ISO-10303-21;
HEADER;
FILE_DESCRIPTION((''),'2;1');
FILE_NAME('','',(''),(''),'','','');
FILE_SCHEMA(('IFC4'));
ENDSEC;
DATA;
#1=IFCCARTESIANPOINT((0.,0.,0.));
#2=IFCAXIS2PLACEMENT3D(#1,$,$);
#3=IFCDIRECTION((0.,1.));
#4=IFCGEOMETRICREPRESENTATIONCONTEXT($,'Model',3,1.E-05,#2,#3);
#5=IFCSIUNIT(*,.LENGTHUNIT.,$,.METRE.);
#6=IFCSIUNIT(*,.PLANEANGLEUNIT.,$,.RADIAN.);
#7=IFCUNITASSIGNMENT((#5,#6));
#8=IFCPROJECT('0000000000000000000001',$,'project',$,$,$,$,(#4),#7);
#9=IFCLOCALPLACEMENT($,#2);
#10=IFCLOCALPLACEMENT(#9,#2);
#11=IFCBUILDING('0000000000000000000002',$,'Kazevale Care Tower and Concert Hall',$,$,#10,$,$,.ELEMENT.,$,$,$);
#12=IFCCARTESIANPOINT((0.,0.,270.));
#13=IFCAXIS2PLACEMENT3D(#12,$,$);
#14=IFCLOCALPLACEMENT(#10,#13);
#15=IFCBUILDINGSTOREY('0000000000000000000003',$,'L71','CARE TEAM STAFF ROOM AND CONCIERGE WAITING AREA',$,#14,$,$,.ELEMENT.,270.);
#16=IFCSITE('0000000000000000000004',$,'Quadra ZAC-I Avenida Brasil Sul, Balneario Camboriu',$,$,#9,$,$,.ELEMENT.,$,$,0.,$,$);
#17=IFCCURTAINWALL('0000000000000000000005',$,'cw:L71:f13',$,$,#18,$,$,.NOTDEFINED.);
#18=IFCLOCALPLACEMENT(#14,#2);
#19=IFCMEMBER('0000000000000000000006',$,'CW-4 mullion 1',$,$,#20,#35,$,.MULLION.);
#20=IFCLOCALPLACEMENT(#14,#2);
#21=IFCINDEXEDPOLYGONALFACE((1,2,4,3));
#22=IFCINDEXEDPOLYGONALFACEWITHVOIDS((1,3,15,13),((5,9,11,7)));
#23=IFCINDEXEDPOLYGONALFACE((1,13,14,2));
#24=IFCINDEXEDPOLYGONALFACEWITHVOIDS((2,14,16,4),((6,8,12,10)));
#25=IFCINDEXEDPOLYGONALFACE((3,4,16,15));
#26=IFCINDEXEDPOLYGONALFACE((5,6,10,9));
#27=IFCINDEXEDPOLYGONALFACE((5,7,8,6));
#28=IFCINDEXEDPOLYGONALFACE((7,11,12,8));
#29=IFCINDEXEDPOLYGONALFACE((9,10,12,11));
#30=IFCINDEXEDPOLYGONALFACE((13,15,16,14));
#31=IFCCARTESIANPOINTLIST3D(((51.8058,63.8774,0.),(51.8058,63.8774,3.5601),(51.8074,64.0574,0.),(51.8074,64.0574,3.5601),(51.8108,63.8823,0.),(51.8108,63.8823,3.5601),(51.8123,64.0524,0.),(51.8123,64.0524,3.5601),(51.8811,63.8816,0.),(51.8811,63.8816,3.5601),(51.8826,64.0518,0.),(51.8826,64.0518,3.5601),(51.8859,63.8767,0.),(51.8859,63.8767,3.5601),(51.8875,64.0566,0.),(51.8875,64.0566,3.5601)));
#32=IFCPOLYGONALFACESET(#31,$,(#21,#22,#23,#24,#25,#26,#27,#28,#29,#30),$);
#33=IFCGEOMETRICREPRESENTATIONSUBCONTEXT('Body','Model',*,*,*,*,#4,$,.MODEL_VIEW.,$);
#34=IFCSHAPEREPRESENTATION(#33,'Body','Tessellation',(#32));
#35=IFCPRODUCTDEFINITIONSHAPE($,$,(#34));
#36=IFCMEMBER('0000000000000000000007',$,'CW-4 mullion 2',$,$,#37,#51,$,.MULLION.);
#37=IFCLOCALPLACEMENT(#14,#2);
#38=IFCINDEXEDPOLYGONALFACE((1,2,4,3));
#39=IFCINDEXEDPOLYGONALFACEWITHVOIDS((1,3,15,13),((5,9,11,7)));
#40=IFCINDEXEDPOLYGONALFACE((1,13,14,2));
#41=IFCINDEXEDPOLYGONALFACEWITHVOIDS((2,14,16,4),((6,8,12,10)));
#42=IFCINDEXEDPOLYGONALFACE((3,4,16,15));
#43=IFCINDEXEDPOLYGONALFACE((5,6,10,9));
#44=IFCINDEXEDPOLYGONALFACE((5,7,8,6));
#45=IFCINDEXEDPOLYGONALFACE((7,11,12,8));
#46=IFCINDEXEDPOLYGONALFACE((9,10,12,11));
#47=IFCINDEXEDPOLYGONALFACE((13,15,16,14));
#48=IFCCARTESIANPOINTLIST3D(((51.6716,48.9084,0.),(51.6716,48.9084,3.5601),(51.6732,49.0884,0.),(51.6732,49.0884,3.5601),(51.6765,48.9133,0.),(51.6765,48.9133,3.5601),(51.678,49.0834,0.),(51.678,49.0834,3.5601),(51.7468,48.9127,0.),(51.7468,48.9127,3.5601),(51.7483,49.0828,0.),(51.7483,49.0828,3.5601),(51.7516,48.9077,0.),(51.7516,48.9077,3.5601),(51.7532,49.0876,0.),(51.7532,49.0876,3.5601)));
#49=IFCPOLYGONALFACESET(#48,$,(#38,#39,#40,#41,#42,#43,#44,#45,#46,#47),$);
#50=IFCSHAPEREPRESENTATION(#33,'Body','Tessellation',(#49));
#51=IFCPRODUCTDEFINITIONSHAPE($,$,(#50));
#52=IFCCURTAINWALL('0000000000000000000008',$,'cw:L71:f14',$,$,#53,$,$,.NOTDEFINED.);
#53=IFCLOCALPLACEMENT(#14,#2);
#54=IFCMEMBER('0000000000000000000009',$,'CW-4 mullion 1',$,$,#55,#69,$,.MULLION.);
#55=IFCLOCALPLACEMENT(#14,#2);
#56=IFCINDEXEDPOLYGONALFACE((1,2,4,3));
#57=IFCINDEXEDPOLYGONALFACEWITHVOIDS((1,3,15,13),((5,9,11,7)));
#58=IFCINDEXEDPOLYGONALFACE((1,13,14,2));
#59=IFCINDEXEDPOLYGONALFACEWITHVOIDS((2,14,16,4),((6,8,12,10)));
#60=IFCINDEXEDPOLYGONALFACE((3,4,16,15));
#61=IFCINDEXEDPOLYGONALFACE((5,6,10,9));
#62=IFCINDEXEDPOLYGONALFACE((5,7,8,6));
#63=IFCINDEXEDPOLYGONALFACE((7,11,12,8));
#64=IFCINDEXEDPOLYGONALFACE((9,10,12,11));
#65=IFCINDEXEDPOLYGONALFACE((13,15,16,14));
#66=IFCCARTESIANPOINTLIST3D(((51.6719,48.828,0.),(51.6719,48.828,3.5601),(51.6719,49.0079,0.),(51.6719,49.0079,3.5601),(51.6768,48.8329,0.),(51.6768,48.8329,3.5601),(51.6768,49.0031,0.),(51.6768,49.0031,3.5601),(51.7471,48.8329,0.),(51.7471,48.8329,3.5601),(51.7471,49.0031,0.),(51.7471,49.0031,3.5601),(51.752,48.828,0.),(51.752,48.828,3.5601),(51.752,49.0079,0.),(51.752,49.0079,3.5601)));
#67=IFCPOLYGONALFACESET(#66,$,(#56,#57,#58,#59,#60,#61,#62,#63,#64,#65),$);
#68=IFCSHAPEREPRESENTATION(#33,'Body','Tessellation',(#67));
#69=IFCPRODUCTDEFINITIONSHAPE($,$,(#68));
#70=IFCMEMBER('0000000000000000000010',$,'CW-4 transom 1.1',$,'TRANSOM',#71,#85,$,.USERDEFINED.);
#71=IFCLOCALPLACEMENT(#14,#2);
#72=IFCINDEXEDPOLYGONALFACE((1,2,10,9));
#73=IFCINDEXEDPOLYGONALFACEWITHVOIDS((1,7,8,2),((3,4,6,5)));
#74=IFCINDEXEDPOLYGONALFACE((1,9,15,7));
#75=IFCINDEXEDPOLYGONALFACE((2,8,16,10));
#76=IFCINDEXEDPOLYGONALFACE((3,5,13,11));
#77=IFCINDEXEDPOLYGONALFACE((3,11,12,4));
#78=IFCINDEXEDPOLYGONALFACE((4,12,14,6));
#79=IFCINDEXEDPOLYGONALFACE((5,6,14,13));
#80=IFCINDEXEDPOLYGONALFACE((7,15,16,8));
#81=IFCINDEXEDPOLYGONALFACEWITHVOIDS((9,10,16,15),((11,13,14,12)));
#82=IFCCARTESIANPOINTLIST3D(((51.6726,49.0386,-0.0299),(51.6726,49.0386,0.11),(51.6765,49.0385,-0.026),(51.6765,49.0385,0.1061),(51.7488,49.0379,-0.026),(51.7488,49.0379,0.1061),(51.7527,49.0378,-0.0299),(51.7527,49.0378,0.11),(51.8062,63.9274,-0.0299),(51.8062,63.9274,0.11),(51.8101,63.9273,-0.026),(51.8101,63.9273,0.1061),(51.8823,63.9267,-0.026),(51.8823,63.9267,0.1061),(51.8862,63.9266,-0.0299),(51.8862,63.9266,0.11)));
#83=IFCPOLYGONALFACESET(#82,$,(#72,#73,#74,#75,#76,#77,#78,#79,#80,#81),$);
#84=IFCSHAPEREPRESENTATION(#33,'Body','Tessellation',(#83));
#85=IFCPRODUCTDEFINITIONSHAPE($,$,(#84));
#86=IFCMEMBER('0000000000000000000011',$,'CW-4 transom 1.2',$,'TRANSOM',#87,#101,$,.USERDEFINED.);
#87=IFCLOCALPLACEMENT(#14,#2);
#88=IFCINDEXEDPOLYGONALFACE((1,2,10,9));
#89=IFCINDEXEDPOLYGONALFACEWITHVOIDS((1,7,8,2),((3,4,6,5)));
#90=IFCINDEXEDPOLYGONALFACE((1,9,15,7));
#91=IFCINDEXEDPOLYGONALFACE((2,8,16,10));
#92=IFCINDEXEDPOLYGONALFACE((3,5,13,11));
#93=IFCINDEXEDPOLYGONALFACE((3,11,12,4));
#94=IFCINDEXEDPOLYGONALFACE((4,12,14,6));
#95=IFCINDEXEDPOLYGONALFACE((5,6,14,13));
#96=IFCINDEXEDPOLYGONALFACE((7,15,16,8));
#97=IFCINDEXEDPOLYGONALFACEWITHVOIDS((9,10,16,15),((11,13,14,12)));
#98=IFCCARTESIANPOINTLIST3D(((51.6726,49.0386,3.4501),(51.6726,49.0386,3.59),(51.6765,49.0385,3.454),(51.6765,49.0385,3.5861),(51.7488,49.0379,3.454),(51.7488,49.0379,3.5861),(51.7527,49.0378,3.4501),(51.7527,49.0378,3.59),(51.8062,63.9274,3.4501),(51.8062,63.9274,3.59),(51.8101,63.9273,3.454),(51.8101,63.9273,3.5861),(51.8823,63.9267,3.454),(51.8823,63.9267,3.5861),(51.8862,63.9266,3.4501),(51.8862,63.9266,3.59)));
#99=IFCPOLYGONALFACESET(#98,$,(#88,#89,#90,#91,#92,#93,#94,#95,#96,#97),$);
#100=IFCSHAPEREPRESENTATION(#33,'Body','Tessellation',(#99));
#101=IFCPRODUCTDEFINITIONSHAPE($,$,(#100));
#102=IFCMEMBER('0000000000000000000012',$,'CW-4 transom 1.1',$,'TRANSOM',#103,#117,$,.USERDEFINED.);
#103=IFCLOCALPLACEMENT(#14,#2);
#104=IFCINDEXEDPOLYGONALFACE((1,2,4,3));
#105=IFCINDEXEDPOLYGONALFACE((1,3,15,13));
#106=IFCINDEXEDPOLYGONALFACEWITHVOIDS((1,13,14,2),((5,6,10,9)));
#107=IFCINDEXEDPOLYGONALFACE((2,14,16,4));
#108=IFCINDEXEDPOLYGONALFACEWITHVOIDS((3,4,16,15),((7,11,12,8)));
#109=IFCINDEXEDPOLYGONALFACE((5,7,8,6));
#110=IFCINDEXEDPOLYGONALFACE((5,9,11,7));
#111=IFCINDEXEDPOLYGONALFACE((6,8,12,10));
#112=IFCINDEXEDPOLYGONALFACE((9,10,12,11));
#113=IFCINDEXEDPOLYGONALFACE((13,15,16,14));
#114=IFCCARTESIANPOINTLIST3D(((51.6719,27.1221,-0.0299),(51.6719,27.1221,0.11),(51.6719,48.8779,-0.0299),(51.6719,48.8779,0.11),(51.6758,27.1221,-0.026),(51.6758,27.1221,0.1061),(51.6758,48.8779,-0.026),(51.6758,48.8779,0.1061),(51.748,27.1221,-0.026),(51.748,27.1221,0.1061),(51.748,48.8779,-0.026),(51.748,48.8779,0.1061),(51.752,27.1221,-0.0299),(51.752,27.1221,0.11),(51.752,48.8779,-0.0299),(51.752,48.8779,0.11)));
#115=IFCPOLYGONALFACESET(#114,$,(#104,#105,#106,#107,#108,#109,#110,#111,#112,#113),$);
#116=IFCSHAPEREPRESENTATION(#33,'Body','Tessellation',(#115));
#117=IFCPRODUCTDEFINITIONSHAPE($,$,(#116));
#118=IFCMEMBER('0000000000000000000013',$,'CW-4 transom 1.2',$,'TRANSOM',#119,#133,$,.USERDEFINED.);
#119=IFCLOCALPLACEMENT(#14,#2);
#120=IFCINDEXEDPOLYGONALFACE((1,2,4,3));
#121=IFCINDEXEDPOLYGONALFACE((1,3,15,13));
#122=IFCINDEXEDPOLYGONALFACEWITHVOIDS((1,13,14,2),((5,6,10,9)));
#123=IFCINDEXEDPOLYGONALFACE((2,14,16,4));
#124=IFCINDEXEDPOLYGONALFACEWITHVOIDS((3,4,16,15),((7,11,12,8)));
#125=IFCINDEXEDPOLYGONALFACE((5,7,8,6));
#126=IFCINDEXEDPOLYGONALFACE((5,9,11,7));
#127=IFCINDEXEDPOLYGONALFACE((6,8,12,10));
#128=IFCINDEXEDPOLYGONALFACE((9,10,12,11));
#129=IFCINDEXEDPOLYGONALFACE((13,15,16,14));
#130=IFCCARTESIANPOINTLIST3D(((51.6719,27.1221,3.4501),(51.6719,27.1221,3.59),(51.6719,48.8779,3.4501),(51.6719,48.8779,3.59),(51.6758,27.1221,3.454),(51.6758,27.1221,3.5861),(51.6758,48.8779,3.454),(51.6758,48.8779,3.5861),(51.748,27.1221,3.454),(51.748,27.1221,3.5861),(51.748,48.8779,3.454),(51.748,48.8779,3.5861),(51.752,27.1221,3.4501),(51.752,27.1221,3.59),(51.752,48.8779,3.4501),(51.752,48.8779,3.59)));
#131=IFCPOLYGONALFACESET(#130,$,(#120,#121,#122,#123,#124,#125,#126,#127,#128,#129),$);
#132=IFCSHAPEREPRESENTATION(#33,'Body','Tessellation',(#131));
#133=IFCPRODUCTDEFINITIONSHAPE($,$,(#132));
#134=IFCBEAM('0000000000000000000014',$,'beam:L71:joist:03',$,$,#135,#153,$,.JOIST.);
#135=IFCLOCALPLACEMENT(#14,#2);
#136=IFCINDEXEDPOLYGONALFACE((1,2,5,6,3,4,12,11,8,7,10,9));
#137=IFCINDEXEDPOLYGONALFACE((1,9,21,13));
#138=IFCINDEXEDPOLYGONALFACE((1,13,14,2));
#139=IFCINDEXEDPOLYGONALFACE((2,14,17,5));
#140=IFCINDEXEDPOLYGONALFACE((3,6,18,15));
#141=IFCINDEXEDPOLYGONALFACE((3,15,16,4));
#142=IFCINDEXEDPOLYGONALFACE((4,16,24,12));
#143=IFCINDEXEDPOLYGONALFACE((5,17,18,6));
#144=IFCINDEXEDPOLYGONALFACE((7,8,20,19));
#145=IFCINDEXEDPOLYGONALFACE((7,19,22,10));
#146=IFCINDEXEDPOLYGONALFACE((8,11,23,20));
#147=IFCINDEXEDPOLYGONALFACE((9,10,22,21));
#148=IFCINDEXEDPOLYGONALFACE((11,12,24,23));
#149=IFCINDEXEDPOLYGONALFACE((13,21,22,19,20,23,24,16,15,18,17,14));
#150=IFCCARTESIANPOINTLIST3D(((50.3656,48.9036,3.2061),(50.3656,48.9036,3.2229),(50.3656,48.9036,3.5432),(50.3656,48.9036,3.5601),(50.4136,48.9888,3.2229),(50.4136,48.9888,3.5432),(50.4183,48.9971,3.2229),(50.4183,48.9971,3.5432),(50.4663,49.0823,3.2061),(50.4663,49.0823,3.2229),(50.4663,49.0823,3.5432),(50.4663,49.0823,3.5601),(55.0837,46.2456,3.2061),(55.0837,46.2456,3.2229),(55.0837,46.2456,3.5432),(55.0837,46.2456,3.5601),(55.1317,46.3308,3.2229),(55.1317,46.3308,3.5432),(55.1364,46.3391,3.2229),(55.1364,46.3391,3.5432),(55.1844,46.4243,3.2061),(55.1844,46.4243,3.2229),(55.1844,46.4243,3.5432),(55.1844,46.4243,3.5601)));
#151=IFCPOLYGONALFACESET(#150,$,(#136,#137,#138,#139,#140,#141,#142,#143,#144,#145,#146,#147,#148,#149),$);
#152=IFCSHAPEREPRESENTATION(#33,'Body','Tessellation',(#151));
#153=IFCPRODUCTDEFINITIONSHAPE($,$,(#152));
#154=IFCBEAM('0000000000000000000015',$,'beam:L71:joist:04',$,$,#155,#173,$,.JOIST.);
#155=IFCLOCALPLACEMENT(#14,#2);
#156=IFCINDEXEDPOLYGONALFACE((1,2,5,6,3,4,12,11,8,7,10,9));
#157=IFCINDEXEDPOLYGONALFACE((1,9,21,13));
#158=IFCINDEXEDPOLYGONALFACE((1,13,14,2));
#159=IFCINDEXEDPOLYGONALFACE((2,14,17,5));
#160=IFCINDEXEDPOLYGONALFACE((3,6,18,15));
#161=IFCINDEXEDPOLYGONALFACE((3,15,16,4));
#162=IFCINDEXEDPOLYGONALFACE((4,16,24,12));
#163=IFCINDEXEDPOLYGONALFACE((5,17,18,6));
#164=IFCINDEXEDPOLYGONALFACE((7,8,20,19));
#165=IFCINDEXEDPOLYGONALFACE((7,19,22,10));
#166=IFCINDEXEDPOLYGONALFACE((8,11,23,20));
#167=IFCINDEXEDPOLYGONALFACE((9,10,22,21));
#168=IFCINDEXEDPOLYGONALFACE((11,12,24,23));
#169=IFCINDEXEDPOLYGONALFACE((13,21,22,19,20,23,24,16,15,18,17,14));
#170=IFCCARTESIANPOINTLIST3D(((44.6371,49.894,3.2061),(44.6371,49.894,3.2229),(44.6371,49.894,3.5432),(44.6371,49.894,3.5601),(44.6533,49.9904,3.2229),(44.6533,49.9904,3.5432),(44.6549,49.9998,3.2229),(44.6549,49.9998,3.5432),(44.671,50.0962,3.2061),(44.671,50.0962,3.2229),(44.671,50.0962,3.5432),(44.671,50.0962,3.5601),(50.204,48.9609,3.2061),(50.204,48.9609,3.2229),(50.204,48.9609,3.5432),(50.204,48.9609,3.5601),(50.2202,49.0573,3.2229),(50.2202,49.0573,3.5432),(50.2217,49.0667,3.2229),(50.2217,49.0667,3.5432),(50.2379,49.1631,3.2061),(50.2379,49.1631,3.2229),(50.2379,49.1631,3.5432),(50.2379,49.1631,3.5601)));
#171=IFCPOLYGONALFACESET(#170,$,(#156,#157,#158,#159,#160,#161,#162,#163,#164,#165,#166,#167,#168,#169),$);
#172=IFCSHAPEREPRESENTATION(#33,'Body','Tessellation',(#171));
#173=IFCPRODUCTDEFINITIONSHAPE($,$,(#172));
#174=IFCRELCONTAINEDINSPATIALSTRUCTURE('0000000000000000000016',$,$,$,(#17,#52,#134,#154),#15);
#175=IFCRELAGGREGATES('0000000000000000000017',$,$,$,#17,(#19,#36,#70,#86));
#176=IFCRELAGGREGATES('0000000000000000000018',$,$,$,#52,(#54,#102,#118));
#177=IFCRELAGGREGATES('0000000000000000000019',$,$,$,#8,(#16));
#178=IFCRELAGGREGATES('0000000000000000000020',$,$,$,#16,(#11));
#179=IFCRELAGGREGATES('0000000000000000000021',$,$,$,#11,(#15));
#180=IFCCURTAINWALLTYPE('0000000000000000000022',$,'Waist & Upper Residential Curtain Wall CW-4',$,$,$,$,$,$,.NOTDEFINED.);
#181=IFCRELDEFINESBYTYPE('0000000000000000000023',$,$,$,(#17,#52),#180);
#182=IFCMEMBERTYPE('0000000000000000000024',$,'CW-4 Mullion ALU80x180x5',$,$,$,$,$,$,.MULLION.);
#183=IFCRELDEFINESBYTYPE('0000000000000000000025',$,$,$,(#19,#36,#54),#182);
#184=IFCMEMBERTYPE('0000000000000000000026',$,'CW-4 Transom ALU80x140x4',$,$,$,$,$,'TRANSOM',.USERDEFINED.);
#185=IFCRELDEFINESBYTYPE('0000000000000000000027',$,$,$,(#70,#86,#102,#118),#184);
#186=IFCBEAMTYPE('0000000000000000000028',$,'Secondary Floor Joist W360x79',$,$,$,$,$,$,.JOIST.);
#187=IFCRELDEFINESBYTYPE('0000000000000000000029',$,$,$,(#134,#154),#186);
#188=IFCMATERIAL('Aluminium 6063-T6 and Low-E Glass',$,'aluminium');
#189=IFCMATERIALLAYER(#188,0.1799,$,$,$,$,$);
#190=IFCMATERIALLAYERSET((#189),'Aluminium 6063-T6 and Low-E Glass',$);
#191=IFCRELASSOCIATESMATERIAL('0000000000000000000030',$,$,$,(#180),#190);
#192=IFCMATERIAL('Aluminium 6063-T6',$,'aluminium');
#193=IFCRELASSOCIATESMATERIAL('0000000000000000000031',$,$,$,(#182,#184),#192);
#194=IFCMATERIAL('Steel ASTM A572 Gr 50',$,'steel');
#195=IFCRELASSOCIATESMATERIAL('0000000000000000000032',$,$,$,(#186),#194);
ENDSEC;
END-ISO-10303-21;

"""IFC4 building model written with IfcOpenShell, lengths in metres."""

from ifc_helpers import new_model, si_unit, direction, frame, origin, origin_2d, place, context, subcontext, project, spatial, hollow_rectangle, i_section, extrude, material, layer, layer_set, material_profile, profile_set, type_object, element, aggregate, save


model = new_model("IFC4")

# Units and contexts
model_context = context("Model", 3, precision=1e-05, world=origin(), true_north=direction((0.0, 1.0)))
body_context = subcontext(model_context, "Body", "Model", "MODEL_VIEW")
ifc_project = project(units=[si_unit("LENGTHUNIT", "METRE"), si_unit("PLANEANGLEUNIT", "RADIAN")], contexts=[model_context])

# Site, building, storey
site_placement = place(None, origin())
site = spatial("IfcSite", under=ifc_project, at=site_placement, Name="Quadra ZAC-I Avenida Brasil Sul, Balneario Camboriu", CompositionType="ELEMENT", RefElevation=0.0)
building_placement = place(site_placement, origin())
building = spatial("IfcBuilding", under=site, at=building_placement, Name="Kazevale Care Tower and Concert Hall", CompositionType="ELEMENT")
storey_placement = place(building_placement, frame((0.0, 0.0, 270.0)))
storey = spatial("IfcBuildingStorey", under=building, at=storey_placement, Name="L71", Description="CARE TEAM STAFF ROOM AND CONCIERGE WAITING AREA", CompositionType="ELEMENT", Elevation=270.0)

# Shared definitions
ifc_material_1 = material(Name="Aluminium 6063-T6 and Low-E Glass", Category="aluminium")
ifc_layer_1 = layer(ifc_material_1, 0.1799)
ifc_layer_set_1 = layer_set([ifc_layer_1], Name="Aluminium 6063-T6 and Low-E Glass")
curtain_wall_type = type_object("IfcCurtainWallType", Name="Waist & Upper Residential Curtain Wall CW-4", PredefinedType="NOTDEFINED", material=ifc_layer_set_1)
ifc_material_2 = material(Name="Aluminium 6063-T6", Category="aluminium")
ifc_material_profile_1 = material_profile(ifc_material_2, hollow_rectangle(XDim=0.0801, YDim=0.1799, WallThickness=0.0049, at=origin_2d()), Name="ALU80x180x5")
ifc_profile_set_1 = profile_set([ifc_material_profile_1], Name="Aluminium 6063-T6")
member_type_1 = type_object("IfcMemberType", Name="CW-4 Mullion ALU80x180x5", PredefinedType="MULLION", material=ifc_profile_set_1)

# Curtain wall, members
curtain_wall_1_placement = place(storey_placement, origin())
curtain_wall_1 = element("IfcCurtainWall", 1, at=curtain_wall_1_placement, inside=storey, type_object=curtain_wall_type, Name="cw:L71:f13", PredefinedType="NOTDEFINED")
member_1_placement = place(storey_placement, frame((51.8467, 63.967, 0.0), z_axis=(0.0, 0.0, 1.0), x_axis=(0.99996, -0.00897, 0.0)))
member_1 = element("IfcMember", 2, at=member_1_placement, type_object=member_type_1, Name="CW-4 mullion 1", PredefinedType="MULLION", context=body_context, shape_type="SweptSolid", body=[
    extrude(hollow_rectangle(XDim=0.0801, YDim=0.1799, WallThickness=0.0049, at=origin_2d()), origin(), (0.0, 0.0, 1.0), 3.5601),
])
member_2_placement = place(storey_placement, frame((51.7124, 48.998, 0.0), z_axis=(0.0, 0.0, 1.0), x_axis=(0.99996, -0.00897, 0.0)))
member_2 = element("IfcMember", 3, at=member_2_placement, type_object=member_type_1, Name="CW-4 mullion 2", PredefinedType="MULLION", context=body_context, shape_type="SweptSolid", body=[
    extrude(hollow_rectangle(XDim=0.0801, YDim=0.1799, WallThickness=0.0049, at=origin_2d()), origin(), (0.0, 0.0, 1.0), 3.5601),
])

# Curtain wall, member
curtain_wall_2_placement = place(storey_placement, origin())
curtain_wall_2 = element("IfcCurtainWall", 4, at=curtain_wall_2_placement, inside=storey, type_object=curtain_wall_type, Name="cw:L71:f14", PredefinedType="NOTDEFINED")
member_3_placement = place(storey_placement, frame((51.7119, 48.918, 0.0), z_axis=(0.0, 0.0, 1.0), x_axis=(1.0, 0.0, 0.0)))
member_3 = element("IfcMember", 5, at=member_3_placement, type_object=member_type_1, Name="CW-4 mullion 1", PredefinedType="MULLION", context=body_context, shape_type="SweptSolid", body=[
    extrude(hollow_rectangle(XDim=0.0801, YDim=0.1799, WallThickness=0.0049, at=origin_2d()), origin(), (0.0, 0.0, 1.0), 3.5601),
])

# Members
ifc_material_profile_2 = material_profile(ifc_material_2, hollow_rectangle(XDim=0.0801, YDim=0.1399, WallThickness=0.0039, at=origin_2d()), Name="ALU80x140x4")
ifc_profile_set_2 = profile_set([ifc_material_profile_2], Name="Aluminium 6063-T6")
member_type_2 = type_object("IfcMemberType", Name="CW-4 Transom ALU80x140x4", ElementType="TRANSOM", PredefinedType="USERDEFINED", material=ifc_profile_set_2)
member_4_placement = place(storey_placement, frame((51.8462, 63.927, 0.04), z_axis=(-0.008969, -0.99996, 0.0), x_axis=(0.99996, -0.008969, 0.0)))
member_4 = element("IfcMember", 6, at=member_4_placement, type_object=member_type_2, Name="CW-4 transom 1.1", ObjectType="TRANSOM", PredefinedType="USERDEFINED", context=body_context, shape_type="SweptSolid", body=[
    extrude(hollow_rectangle(XDim=0.0801, YDim=0.1399, WallThickness=0.0039, at=origin_2d()), origin(), (0.0, 0.0, 1.0), 14.8894),
])
member_5_placement = place(storey_placement, frame((51.8462, 63.927, 3.52), z_axis=(-0.008969, -0.99996, 0.0), x_axis=(0.99996, -0.008969, 0.0)))
member_5 = element("IfcMember", 7, at=member_5_placement, type_object=member_type_2, Name="CW-4 transom 1.2", ObjectType="TRANSOM", PredefinedType="USERDEFINED", context=body_context, shape_type="SweptSolid", body=[
    extrude(hollow_rectangle(XDim=0.0801, YDim=0.1399, WallThickness=0.0039, at=origin_2d()), origin(), (0.0, 0.0, 1.0), 14.8894),
])
member_6_placement = place(storey_placement, frame((51.7119, 48.8779, 0.04), z_axis=(0.0, -1.0, 0.0), x_axis=(1.0, 0.0, 0.0)))
member_6 = element("IfcMember", 8, at=member_6_placement, type_object=member_type_2, Name="CW-4 transom 1.1", ObjectType="TRANSOM", PredefinedType="USERDEFINED", context=body_context, shape_type="SweptSolid", body=[
    extrude(hollow_rectangle(XDim=0.0801, YDim=0.1399, WallThickness=0.0039, at=origin_2d()), origin(), (0.0, 0.0, 1.0), 21.7559),
])
member_7_placement = place(storey_placement, frame((51.7119, 48.8779, 3.52), z_axis=(0.0, -1.0, 0.0), x_axis=(1.0, 0.0, 0.0)))
member_7 = element("IfcMember", 9, at=member_7_placement, type_object=member_type_2, Name="CW-4 transom 1.2", ObjectType="TRANSOM", PredefinedType="USERDEFINED", context=body_context, shape_type="SweptSolid", body=[
    extrude(hollow_rectangle(XDim=0.0801, YDim=0.1399, WallThickness=0.0039, at=origin_2d()), origin(), (0.0, 0.0, 1.0), 21.7559),
])

# Beams
ifc_material_3 = material(Name="Steel ASTM A572 Gr 50", Category="steel")
ifc_material_profile_3 = material_profile(ifc_material_3, i_section(OverallWidth=0.2051, OverallDepth=0.354, WebThickness=0.0095, FlangeThickness=0.0168, at=origin_2d()), Name="W360x79")
ifc_profile_set_3 = profile_set([ifc_material_profile_3], Name="Steel ASTM A572 Gr 50")
beam_type_1 = type_object("IfcBeamType", Name="Secondary Floor Joist W360x79", PredefinedType="JOIST", material=ifc_profile_set_3)
beam_1_placement = place(storey_placement, frame((55.134, 46.335, 3.3831), z_axis=(-0.871254, 0.490833, 0.0), x_axis=(-0.490833, -0.871254, 0.0)))
element("IfcBeam", 10, at=beam_1_placement, inside=storey, type_object=beam_type_1, Name="beam:L71:joist:03", PredefinedType="JOIST", context=body_context, shape_type="SweptSolid", body=[
    extrude(i_section(OverallWidth=0.2051, OverallDepth=0.354, WebThickness=0.0095, FlangeThickness=0.0168, at=origin_2d()), origin(), (0.0, 0.0, 1.0), 5.4153),
])
beam_2_placement = place(storey_placement, frame((50.2209, 49.062, 3.3831), z_axis=(-0.986242, 0.165311, 0.0), x_axis=(-0.165311, -0.986242, 0.0)))
element("IfcBeam", 11, at=beam_2_placement, inside=storey, type_object=beam_type_1, Name="beam:L71:joist:04", PredefinedType="JOIST", context=body_context, shape_type="SweptSolid", body=[
    extrude(i_section(OverallWidth=0.2051, OverallDepth=0.354, WebThickness=0.0095, FlangeThickness=0.0168, at=origin_2d()), origin(), (0.0, 0.0, 1.0), 5.6445),
])

aggregate(curtain_wall_1, [member_1, member_2, member_4, member_5])
aggregate(curtain_wall_2, [member_3, member_6, member_7])

save(model, "model.ifc")
